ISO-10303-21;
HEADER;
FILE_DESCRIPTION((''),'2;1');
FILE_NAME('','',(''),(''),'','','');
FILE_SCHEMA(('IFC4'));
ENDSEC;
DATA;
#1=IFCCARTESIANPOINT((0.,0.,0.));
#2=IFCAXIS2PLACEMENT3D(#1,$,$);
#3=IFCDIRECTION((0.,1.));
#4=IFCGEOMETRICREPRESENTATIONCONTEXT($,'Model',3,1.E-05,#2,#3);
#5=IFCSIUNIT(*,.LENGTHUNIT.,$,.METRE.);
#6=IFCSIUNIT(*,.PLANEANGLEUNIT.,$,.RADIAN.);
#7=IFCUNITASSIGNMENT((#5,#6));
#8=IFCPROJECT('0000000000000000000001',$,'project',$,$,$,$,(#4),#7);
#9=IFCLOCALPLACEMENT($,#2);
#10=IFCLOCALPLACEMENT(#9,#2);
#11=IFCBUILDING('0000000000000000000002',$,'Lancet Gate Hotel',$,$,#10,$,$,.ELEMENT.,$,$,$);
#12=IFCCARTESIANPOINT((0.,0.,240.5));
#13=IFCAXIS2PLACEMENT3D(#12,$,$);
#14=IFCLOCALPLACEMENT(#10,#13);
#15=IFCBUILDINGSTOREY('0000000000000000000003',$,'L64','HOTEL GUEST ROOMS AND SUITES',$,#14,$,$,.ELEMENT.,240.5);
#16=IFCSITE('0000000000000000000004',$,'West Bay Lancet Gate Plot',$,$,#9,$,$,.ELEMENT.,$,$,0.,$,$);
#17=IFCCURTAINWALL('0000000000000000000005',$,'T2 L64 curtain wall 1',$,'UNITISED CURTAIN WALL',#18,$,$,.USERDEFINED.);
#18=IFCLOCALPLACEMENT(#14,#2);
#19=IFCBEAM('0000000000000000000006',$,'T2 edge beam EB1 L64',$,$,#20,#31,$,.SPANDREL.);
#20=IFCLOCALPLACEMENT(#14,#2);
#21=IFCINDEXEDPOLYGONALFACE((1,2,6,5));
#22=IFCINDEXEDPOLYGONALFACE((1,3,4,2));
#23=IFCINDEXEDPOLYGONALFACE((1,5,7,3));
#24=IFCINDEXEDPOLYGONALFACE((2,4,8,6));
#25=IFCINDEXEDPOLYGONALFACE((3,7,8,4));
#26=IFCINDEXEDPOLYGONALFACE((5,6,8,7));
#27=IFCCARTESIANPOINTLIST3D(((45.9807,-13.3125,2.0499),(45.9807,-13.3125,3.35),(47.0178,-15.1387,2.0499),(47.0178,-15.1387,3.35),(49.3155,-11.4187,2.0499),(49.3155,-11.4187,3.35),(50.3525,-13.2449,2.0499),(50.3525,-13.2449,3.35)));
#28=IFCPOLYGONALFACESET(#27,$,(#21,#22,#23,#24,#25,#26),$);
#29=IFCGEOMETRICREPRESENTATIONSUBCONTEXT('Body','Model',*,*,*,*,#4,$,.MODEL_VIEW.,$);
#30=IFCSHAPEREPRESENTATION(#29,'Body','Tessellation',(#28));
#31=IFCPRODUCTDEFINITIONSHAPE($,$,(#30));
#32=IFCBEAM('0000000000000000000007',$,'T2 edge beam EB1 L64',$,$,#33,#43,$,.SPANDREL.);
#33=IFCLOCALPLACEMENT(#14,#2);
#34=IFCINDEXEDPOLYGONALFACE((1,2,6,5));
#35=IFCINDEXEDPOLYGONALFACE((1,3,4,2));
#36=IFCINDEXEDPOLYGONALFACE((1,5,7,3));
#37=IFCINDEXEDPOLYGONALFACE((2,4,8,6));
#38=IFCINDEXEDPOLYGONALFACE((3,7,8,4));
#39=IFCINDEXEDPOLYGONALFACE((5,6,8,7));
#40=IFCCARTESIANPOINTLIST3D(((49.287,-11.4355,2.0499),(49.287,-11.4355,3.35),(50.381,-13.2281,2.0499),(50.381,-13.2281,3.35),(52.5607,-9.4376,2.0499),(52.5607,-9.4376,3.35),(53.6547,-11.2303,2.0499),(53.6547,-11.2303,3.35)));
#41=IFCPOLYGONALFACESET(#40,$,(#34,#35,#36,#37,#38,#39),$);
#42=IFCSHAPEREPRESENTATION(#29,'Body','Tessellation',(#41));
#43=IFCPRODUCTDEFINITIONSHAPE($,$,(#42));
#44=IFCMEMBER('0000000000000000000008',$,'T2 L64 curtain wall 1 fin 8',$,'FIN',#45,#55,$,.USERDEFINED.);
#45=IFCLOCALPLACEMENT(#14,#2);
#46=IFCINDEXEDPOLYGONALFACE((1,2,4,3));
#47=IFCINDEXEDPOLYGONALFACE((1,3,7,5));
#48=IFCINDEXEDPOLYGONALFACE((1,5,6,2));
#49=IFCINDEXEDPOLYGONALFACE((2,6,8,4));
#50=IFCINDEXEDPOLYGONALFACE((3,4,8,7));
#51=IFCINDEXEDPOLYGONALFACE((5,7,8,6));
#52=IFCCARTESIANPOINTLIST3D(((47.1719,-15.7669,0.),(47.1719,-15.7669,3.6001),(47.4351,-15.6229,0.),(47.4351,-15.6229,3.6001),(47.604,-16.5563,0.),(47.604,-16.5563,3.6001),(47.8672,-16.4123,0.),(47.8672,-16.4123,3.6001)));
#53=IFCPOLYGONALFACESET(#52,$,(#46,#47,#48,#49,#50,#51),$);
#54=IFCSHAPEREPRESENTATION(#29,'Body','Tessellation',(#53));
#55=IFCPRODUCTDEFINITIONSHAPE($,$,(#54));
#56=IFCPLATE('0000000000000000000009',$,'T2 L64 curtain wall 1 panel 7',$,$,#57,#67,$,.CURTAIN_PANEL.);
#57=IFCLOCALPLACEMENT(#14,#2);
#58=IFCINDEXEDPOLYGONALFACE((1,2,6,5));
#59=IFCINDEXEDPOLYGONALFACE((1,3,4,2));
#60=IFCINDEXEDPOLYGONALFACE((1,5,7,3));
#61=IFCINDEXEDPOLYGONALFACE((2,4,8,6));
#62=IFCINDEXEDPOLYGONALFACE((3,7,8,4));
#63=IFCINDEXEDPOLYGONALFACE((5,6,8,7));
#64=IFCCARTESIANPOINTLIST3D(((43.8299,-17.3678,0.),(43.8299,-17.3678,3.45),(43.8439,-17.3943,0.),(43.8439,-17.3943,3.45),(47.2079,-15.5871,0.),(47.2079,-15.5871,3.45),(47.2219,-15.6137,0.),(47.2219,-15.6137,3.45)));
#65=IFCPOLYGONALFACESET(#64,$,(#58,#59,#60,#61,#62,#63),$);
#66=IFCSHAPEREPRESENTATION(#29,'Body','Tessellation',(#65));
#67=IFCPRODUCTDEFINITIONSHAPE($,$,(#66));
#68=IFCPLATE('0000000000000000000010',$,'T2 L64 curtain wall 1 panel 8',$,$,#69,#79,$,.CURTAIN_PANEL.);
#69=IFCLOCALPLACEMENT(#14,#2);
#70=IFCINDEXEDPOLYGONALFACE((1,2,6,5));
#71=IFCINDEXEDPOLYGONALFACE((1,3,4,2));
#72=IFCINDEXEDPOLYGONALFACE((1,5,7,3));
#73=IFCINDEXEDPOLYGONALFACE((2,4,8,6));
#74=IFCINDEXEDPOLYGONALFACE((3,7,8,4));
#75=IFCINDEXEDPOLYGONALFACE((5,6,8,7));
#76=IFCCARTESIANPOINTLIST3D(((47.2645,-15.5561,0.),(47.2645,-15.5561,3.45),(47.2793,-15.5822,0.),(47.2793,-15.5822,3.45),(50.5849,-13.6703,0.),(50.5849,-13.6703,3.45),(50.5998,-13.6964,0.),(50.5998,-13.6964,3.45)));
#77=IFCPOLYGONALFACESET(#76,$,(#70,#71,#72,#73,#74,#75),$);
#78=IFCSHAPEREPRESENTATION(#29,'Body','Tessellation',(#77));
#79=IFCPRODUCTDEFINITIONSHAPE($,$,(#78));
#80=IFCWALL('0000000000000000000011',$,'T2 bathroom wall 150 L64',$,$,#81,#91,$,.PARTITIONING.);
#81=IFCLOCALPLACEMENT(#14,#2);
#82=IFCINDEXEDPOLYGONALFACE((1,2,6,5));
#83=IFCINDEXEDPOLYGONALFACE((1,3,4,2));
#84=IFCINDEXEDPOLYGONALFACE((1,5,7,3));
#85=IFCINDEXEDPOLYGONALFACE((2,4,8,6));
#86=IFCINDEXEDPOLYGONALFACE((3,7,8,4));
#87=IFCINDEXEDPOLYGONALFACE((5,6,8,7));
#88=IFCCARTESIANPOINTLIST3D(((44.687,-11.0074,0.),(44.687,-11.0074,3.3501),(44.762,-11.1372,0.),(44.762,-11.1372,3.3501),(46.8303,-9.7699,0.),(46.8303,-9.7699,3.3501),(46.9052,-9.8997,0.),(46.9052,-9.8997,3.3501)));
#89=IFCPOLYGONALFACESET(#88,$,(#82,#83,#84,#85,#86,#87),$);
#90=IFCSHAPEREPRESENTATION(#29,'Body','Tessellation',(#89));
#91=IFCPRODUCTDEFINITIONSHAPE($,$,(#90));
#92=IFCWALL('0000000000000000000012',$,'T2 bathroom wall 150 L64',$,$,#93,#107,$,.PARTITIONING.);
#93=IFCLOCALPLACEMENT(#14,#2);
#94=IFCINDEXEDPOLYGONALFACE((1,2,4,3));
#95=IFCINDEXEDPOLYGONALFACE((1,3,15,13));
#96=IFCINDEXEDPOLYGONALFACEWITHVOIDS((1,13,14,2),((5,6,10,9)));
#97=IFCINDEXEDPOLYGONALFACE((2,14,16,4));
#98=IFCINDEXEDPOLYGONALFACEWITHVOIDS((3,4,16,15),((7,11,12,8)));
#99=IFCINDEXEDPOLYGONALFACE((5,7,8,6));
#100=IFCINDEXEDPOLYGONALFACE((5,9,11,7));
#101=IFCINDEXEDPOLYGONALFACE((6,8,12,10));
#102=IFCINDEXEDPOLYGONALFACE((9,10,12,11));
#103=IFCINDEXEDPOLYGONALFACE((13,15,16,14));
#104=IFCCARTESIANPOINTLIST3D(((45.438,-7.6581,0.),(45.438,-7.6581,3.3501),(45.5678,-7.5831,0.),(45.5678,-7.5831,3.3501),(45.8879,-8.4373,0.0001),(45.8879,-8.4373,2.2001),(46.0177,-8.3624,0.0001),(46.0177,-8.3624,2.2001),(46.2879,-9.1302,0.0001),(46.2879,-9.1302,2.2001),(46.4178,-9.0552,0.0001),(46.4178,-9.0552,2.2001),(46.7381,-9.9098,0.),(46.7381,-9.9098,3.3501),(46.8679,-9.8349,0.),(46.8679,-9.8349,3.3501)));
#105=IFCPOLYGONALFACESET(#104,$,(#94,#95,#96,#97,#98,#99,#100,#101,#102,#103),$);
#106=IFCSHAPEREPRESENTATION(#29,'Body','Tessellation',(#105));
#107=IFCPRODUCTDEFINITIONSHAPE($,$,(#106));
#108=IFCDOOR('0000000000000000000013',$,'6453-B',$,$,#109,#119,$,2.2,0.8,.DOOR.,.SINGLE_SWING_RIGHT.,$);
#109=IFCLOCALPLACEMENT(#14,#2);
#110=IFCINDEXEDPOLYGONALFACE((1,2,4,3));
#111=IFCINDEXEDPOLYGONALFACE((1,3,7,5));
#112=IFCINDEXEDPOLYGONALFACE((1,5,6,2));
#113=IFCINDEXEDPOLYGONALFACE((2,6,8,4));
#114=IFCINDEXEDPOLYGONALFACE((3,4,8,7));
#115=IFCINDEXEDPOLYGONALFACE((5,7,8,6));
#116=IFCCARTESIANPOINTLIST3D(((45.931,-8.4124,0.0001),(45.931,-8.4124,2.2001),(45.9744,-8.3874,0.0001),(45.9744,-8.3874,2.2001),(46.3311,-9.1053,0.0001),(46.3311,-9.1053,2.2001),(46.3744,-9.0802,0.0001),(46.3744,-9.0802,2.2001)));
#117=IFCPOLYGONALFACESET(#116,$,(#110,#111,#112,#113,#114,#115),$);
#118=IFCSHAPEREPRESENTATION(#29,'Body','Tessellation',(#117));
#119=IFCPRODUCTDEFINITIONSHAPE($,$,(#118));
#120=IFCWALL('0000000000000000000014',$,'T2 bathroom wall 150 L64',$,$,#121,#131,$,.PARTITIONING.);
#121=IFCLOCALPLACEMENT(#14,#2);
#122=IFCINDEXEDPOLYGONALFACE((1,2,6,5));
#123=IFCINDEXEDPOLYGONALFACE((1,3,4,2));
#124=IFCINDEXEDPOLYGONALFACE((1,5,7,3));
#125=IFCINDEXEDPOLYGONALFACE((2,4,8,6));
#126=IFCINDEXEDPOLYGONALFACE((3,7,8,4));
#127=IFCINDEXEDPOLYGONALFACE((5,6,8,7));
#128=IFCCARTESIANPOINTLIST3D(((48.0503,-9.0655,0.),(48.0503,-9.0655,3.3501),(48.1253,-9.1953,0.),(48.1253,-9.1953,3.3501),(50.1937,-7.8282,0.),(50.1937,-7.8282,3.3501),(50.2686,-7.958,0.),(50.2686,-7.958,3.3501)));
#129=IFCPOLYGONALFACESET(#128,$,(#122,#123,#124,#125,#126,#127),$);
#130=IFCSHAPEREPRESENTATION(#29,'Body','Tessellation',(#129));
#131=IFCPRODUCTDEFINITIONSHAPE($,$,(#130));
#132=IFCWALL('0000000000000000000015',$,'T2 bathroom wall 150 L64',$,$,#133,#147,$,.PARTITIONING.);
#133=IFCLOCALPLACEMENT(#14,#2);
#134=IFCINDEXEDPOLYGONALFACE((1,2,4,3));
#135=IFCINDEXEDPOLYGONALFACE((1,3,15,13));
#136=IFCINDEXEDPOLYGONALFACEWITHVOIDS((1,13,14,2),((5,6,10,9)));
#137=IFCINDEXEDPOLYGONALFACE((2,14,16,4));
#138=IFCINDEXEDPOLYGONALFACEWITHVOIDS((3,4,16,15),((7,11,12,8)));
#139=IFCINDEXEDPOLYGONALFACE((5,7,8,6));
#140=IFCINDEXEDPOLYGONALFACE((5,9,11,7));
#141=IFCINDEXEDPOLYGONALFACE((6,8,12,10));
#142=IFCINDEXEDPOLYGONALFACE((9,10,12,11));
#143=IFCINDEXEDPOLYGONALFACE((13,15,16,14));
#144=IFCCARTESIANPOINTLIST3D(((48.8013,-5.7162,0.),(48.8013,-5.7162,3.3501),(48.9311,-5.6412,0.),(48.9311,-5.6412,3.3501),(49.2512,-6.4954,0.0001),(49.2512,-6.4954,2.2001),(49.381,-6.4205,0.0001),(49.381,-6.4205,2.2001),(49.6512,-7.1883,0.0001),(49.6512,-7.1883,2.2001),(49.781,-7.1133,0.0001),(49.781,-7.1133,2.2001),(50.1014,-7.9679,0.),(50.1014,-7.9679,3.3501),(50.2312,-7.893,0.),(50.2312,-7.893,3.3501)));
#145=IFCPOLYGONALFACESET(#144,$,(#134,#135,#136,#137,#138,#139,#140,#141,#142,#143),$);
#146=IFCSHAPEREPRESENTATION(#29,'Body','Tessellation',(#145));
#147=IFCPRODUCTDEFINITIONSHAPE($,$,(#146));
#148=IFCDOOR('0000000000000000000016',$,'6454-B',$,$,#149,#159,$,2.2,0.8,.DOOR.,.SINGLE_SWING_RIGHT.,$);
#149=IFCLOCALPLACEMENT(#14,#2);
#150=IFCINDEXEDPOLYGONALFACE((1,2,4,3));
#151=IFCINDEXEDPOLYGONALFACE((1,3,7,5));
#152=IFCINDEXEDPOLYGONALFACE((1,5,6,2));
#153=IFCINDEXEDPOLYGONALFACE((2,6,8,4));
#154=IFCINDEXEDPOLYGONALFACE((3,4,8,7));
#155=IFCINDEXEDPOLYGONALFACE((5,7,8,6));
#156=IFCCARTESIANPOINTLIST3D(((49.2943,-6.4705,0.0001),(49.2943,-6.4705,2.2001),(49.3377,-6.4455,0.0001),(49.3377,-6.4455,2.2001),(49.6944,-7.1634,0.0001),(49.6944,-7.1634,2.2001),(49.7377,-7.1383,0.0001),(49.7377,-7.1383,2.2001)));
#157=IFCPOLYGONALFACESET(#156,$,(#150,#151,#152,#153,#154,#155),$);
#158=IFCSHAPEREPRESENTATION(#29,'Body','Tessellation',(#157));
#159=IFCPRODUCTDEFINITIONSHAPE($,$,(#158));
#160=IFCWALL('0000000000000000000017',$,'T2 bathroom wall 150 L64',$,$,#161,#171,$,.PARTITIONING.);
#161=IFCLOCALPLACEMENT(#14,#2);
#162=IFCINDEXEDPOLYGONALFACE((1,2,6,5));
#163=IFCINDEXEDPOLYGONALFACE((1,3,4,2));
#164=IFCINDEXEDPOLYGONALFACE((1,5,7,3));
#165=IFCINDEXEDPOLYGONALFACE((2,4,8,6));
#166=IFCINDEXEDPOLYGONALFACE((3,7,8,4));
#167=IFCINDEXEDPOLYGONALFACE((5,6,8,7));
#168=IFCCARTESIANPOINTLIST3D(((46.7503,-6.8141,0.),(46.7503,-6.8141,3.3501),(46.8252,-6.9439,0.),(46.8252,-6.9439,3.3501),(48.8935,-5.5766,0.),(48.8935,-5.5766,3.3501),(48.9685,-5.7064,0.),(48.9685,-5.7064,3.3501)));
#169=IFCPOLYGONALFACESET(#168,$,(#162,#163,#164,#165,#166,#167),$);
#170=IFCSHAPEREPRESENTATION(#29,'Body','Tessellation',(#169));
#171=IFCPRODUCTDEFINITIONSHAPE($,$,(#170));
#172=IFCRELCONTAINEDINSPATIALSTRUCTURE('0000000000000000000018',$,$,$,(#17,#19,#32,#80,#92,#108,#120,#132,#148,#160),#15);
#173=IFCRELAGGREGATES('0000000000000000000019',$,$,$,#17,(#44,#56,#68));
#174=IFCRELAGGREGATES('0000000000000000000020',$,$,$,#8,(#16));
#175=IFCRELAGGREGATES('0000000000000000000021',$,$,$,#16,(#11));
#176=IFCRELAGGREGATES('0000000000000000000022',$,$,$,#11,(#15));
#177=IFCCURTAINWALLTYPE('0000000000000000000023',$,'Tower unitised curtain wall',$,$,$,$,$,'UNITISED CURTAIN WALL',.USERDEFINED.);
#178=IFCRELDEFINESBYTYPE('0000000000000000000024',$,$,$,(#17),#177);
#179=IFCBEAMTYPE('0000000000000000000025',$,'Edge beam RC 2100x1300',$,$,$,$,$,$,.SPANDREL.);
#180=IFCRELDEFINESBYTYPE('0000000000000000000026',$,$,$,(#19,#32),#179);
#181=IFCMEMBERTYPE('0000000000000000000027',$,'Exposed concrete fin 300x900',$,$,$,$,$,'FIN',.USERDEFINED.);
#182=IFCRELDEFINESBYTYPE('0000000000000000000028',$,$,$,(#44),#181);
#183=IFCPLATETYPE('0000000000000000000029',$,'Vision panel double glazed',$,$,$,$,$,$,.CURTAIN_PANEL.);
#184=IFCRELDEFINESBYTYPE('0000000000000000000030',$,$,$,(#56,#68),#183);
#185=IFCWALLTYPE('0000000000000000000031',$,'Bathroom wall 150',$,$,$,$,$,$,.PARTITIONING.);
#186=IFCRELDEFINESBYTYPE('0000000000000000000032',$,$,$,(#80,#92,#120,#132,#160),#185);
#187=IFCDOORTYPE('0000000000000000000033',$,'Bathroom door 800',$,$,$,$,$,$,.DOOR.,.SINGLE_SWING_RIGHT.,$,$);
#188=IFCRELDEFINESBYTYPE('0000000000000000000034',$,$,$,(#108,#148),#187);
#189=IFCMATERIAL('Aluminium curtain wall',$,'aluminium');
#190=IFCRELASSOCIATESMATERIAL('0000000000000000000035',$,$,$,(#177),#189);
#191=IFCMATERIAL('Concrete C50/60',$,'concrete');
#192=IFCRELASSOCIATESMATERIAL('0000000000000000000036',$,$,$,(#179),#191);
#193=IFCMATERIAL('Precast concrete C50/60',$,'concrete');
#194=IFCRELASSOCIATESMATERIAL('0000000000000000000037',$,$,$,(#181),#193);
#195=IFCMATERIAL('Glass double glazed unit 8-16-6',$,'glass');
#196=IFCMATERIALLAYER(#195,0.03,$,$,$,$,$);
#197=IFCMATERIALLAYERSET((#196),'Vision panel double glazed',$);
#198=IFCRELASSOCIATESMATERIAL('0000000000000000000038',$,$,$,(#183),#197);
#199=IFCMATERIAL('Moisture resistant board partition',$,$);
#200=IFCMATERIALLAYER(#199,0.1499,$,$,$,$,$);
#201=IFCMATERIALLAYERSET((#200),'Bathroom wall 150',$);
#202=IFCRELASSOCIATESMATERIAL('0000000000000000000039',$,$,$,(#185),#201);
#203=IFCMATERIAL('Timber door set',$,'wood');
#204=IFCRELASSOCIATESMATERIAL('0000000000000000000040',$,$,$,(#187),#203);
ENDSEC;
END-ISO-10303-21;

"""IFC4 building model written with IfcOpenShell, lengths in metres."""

from ifc_helpers import new_model, si_unit, direction, frame, frame_2d, origin, origin_2d, place, context, subcontext, project, spatial, rectangle, extrude, material, layer, layer_set, material_profile, profile_set, type_object, element, fill, aggregate, save


model = new_model("IFC4")

# Units and contexts
model_context = context("Model", 3, precision=1e-05, world=origin(), true_north=direction((0.0, 1.0)))
body_context = subcontext(model_context, "Body", "Model", "MODEL_VIEW")
ifc_project = project(units=[si_unit("LENGTHUNIT", "METRE"), si_unit("PLANEANGLEUNIT", "RADIAN")], contexts=[model_context])

# Site, building, storey
site_placement = place(None, origin())
site = spatial("IfcSite", under=ifc_project, at=site_placement, Name="West Bay Lancet Gate Plot", CompositionType="ELEMENT", RefElevation=0.0)
building_placement = place(site_placement, origin())
building = spatial("IfcBuilding", under=site, at=building_placement, Name="Lancet Gate Hotel", CompositionType="ELEMENT")
storey_placement = place(building_placement, frame((0.0, 0.0, 240.5)))
storey = spatial("IfcBuildingStorey", under=building, at=storey_placement, Name="L64", Description="HOTEL GUEST ROOMS AND SUITES", CompositionType="ELEMENT", Elevation=240.5)

# Curtain wall
ifc_material_1 = material(Name="Aluminium curtain wall", Category="aluminium")
curtain_wall_type = type_object("IfcCurtainWallType", Name="Tower unitised curtain wall", ElementType="UNITISED CURTAIN WALL", PredefinedType="USERDEFINED", material=ifc_material_1)
curtain_wall_placement = place(storey_placement, origin())
curtain_wall = element("IfcCurtainWall", 1, at=curtain_wall_placement, inside=storey, type_object=curtain_wall_type, Name="T2 L64 curtain wall 1", ObjectType="UNITISED CURTAIN WALL", PredefinedType="USERDEFINED")

# Beams
ifc_material_2 = material(Name="Concrete C50/60", Category="concrete")
ifc_material_profile_1 = material_profile(ifc_material_2, rectangle(XDim=2.1001, YDim=1.3, at=origin_2d()), Name="RC 2100x1300")
ifc_profile_set_1 = profile_set([ifc_material_profile_1], Name="Concrete C50/60")
beam_type = type_object("IfcBeamType", Name="Edge beam RC 2100x1300", PredefinedType="SPANDREL", material=ifc_profile_set_1)
beam_1_placement = place(storey_placement, frame((46.4993, -14.2256, 2.7), z_axis=(0.86956, 0.493827, 0.0), x_axis=(-0.493827, 0.86956, 0.0)))
element("IfcBeam", 2, at=beam_1_placement, inside=storey, type_object=beam_type, Name="T2 edge beam EB1 L64", PredefinedType="SPANDREL", context=body_context, shape_type="SweptSolid", body=[
    extrude(rectangle(XDim=2.1001, YDim=1.3, at=origin_2d()), origin(), (0.0, 0.0, 1.0), 3.835),
])
beam_2_placement = place(storey_placement, frame((49.834, -12.3318, 2.7), z_axis=(0.853604, 0.520922, 0.0), x_axis=(-0.520922, 0.853604, 0.0)))
element("IfcBeam", 3, at=beam_2_placement, inside=storey, type_object=beam_type, Name="T2 edge beam EB1 L64", PredefinedType="SPANDREL", context=body_context, shape_type="SweptSolid", body=[
    extrude(rectangle(XDim=2.1001, YDim=1.3, at=origin_2d()), origin(), (0.0, 0.0, 1.0), 3.8352),
])

# Member
ifc_material_3 = material(Name="Precast concrete C50/60", Category="concrete")
ifc_material_profile_2 = material_profile(ifc_material_3, rectangle(XDim=0.3, YDim=0.8999, at=origin_2d()), Name="FIN 300x900")
ifc_profile_set_2 = profile_set([ifc_material_profile_2], Name="Precast concrete C50/60")
member_type_1 = type_object("IfcMemberType", Name="Exposed concrete fin 300x900", ElementType="FIN", PredefinedType="USERDEFINED", material=ifc_profile_set_2)
member_1_placement = place(storey_placement, frame((47.5195, -16.0896, 0.0), z_axis=(0.0, 0.0, 1.0), x_axis=(0.877195, 0.480135, 0.0)))
member_1 = element("IfcMember", 4, at=member_1_placement, type_object=member_type_1, Name="T2 L64 curtain wall 1 fin 8", ObjectType="FIN", PredefinedType="USERDEFINED", context=body_context, shape_type="SweptSolid", body=[
    extrude(rectangle(XDim=0.3, YDim=0.8999, at=origin_2d()), origin(), (0.0, 0.0, 1.0), 3.6001),
])

# Plates
ifc_material_4 = material(Name="Glass double glazed unit 8-16-6", Category="glass")
ifc_layer_1 = layer(ifc_material_4, 0.03)
ifc_layer_set_1 = layer_set([ifc_layer_1], Name="Vision panel double glazed")
plate_type = type_object("IfcPlateType", Name="Vision panel double glazed", PredefinedType="CURTAIN_PANEL", material=ifc_layer_set_1)
plate_1_placement = place(storey_placement, frame((45.5259, -16.4907, 0.0), z_axis=(0.0, 0.0, 1.0), x_axis=(0.884623, 0.466307, 0.0)))
plate_1 = element("IfcPlate", 5, at=plate_1_placement, type_object=plate_type, Name="T2 L64 curtain wall 1 panel 7", PredefinedType="CURTAIN_PANEL", context=body_context, shape_type="SweptSolid", body=[
    extrude(rectangle(XDim=3.8186, YDim=0.03, at=origin_2d()), origin(), (0.0, 0.0, 1.0), 3.45),
])
plate_2_placement = place(storey_placement, frame((48.9321, -14.6262, 0.0), z_axis=(0.0, 0.0, 1.0), x_axis=(0.86955, 0.493844, 0.0)))
plate_2 = element("IfcPlate", 6, at=plate_2_placement, type_object=plate_type, Name="T2 L64 curtain wall 1 panel 8", PredefinedType="CURTAIN_PANEL", context=body_context, shape_type="SweptSolid", body=[
    extrude(rectangle(XDim=3.8186, YDim=0.03, at=origin_2d()), origin(), (0.0, 0.0, 1.0), 3.45),
])
aggregate(curtain_wall, [member_1, plate_1, plate_2])

# Wall
ifc_material_5 = material(Name="Moisture resistant board partition")
ifc_layer_2 = layer(ifc_material_5, 0.1499)
ifc_layer_set_2 = layer_set([ifc_layer_2], Name="Bathroom wall 150")
wall_type_1 = type_object("IfcWallType", Name="Bathroom wall 150", PredefinedType="PARTITIONING", material=ifc_layer_set_2)
wall_1_placement = place(storey_placement, frame((44.7246, -11.0723, 0.0), z_axis=(0.0, 0.0, 1.0), x_axis=(0.866007, 0.500033, 0.0)))
element("IfcWall", 7, at=wall_1_placement, inside=storey, type_object=wall_type_1, Name="T2 bathroom wall 150 L64", PredefinedType="PARTITIONING", context=body_context, shape_type="SweptSolid", body=[
    extrude(rectangle(XDim=2.4749, YDim=0.1499, at=frame_2d((1.2373, 0.0))), origin(), (0.0, 0.0, 1.0), 3.3501),
])

# Wall, opening, door
wall_2_placement = place(storey_placement, frame((45.5029, -7.6206, 0.0), z_axis=(0.0, 0.0, 1.0), x_axis=(0.500007, -0.866021, 0.0)))
wall_2 = element("IfcWall", 8, at=wall_2_placement, inside=storey, type_object=wall_type_1, Name="T2 bathroom wall 150 L64", PredefinedType="PARTITIONING", context=body_context, shape_type="SweptSolid", body=[
    extrude(rectangle(XDim=2.6001, YDim=0.1499, at=frame_2d((1.3, 0.0))), origin(), (0.0, 0.0, 1.0), 3.3501),
])
opening_1_placement = place(wall_2_placement, frame((0.8999, 0.0, 0.0)))
opening_1 = element("IfcOpeningElement", 9, at=opening_1_placement, cuts=wall_2, PredefinedType="OPENING", context=body_context, shape_type="SweptSolid", body=[
    extrude(rectangle(XDim=0.8, YDim=2.2, at=frame_2d((0.3999, 1.1001))), frame((0.0, 0.085, 0.0), z_axis=(0.0, -1.0, 0.0), x_axis=(1.0, 0.0, 0.0)), (0.0, 0.0, 1.0), 0.1699),
])
ifc_material_6 = material(Name="Timber door set", Category="wood")
door_type = type_object("IfcDoorType", Name="Bathroom door 800", OperationType="SINGLE_SWING_RIGHT", PredefinedType="DOOR", material=ifc_material_6)
door_1_placement = place(opening_1_placement, origin())
door_1 = element("IfcDoor", 10, at=door_1_placement, inside=storey, type_object=door_type, Name="6453-B", OperationType="SINGLE_SWING_RIGHT", OverallHeight=2.2, OverallWidth=0.8, PredefinedType="DOOR", context=body_context, shape_type="SweptSolid", body=[
    extrude(rectangle(XDim=0.8, YDim=2.2, at=frame_2d((0.3999, 1.1001))), frame((0.0, 0.0249, 0.0), z_axis=(0.0, -1.0, 0.0), x_axis=(1.0, 0.0, 0.0)), (0.0, 0.0, 1.0), 0.05),
])
fill(opening_1, door_1)

# Wall
wall_3_placement = place(storey_placement, frame((48.0879, -9.1304, 0.0), z_axis=(0.0, 0.0, 1.0), x_axis=(0.866049, 0.499959, 0.0)))
element("IfcWall", 11, at=wall_3_placement, inside=storey, type_object=wall_type_1, Name="T2 bathroom wall 150 L64", PredefinedType="PARTITIONING", context=body_context, shape_type="SweptSolid", body=[
    extrude(rectangle(XDim=2.4749, YDim=0.1499, at=frame_2d((1.2373, 0.0))), origin(), (0.0, 0.0, 1.0), 3.3501),
])

# Wall, opening, door
wall_4_placement = place(storey_placement, frame((48.8662, -5.6787, 0.0), z_axis=(0.0, 0.0, 1.0), x_axis=(0.500007, -0.866021, 0.0)))
wall_4 = element("IfcWall", 12, at=wall_4_placement, inside=storey, type_object=wall_type_1, Name="T2 bathroom wall 150 L64", PredefinedType="PARTITIONING", context=body_context, shape_type="SweptSolid", body=[
    extrude(rectangle(XDim=2.6001, YDim=0.1499, at=frame_2d((1.3, 0.0))), origin(), (0.0, 0.0, 1.0), 3.3501),
])
opening_2_placement = place(wall_4_placement, frame((0.8999, 0.0, 0.0)))
opening_2 = element("IfcOpeningElement", 13, at=opening_2_placement, cuts=wall_4, PredefinedType="OPENING", context=body_context, shape_type="SweptSolid", body=[
    extrude(rectangle(XDim=0.8, YDim=2.2, at=frame_2d((0.3999, 1.1001))), frame((0.0, 0.085, 0.0), z_axis=(0.0, -1.0, 0.0), x_axis=(1.0, 0.0, 0.0)), (0.0, 0.0, 1.0), 0.1699),
])
door_2_placement = place(opening_2_placement, origin())
door_2 = element("IfcDoor", 14, at=door_2_placement, inside=storey, type_object=door_type, Name="6454-B", OperationType="SINGLE_SWING_RIGHT", OverallHeight=2.2, OverallWidth=0.8, PredefinedType="DOOR", context=body_context, shape_type="SweptSolid", body=[
    extrude(rectangle(XDim=0.8, YDim=2.2, at=frame_2d((0.3999, 1.1001))), frame((0.0, 0.0249, 0.0), z_axis=(0.0, -1.0, 0.0), x_axis=(1.0, 0.0, 0.0)), (0.0, 0.0, 1.0), 0.05),
])
fill(opening_2, door_2)

# Wall
wall_5_placement = place(storey_placement, frame((46.7878, -6.8789, 0.0), z_axis=(0.0, 0.0, 1.0), x_axis=(0.866007, 0.500033, 0.0)))
element("IfcWall", 15, at=wall_5_placement, inside=storey, type_object=wall_type_1, Name="T2 bathroom wall 150 L64", PredefinedType="PARTITIONING", context=body_context, shape_type="SweptSolid", body=[
    extrude(rectangle(XDim=2.4749, YDim=0.1499, at=frame_2d((1.2373, 0.0))), origin(), (0.0, 0.0, 1.0), 3.3501),
])

save(model, "model.ifc")
